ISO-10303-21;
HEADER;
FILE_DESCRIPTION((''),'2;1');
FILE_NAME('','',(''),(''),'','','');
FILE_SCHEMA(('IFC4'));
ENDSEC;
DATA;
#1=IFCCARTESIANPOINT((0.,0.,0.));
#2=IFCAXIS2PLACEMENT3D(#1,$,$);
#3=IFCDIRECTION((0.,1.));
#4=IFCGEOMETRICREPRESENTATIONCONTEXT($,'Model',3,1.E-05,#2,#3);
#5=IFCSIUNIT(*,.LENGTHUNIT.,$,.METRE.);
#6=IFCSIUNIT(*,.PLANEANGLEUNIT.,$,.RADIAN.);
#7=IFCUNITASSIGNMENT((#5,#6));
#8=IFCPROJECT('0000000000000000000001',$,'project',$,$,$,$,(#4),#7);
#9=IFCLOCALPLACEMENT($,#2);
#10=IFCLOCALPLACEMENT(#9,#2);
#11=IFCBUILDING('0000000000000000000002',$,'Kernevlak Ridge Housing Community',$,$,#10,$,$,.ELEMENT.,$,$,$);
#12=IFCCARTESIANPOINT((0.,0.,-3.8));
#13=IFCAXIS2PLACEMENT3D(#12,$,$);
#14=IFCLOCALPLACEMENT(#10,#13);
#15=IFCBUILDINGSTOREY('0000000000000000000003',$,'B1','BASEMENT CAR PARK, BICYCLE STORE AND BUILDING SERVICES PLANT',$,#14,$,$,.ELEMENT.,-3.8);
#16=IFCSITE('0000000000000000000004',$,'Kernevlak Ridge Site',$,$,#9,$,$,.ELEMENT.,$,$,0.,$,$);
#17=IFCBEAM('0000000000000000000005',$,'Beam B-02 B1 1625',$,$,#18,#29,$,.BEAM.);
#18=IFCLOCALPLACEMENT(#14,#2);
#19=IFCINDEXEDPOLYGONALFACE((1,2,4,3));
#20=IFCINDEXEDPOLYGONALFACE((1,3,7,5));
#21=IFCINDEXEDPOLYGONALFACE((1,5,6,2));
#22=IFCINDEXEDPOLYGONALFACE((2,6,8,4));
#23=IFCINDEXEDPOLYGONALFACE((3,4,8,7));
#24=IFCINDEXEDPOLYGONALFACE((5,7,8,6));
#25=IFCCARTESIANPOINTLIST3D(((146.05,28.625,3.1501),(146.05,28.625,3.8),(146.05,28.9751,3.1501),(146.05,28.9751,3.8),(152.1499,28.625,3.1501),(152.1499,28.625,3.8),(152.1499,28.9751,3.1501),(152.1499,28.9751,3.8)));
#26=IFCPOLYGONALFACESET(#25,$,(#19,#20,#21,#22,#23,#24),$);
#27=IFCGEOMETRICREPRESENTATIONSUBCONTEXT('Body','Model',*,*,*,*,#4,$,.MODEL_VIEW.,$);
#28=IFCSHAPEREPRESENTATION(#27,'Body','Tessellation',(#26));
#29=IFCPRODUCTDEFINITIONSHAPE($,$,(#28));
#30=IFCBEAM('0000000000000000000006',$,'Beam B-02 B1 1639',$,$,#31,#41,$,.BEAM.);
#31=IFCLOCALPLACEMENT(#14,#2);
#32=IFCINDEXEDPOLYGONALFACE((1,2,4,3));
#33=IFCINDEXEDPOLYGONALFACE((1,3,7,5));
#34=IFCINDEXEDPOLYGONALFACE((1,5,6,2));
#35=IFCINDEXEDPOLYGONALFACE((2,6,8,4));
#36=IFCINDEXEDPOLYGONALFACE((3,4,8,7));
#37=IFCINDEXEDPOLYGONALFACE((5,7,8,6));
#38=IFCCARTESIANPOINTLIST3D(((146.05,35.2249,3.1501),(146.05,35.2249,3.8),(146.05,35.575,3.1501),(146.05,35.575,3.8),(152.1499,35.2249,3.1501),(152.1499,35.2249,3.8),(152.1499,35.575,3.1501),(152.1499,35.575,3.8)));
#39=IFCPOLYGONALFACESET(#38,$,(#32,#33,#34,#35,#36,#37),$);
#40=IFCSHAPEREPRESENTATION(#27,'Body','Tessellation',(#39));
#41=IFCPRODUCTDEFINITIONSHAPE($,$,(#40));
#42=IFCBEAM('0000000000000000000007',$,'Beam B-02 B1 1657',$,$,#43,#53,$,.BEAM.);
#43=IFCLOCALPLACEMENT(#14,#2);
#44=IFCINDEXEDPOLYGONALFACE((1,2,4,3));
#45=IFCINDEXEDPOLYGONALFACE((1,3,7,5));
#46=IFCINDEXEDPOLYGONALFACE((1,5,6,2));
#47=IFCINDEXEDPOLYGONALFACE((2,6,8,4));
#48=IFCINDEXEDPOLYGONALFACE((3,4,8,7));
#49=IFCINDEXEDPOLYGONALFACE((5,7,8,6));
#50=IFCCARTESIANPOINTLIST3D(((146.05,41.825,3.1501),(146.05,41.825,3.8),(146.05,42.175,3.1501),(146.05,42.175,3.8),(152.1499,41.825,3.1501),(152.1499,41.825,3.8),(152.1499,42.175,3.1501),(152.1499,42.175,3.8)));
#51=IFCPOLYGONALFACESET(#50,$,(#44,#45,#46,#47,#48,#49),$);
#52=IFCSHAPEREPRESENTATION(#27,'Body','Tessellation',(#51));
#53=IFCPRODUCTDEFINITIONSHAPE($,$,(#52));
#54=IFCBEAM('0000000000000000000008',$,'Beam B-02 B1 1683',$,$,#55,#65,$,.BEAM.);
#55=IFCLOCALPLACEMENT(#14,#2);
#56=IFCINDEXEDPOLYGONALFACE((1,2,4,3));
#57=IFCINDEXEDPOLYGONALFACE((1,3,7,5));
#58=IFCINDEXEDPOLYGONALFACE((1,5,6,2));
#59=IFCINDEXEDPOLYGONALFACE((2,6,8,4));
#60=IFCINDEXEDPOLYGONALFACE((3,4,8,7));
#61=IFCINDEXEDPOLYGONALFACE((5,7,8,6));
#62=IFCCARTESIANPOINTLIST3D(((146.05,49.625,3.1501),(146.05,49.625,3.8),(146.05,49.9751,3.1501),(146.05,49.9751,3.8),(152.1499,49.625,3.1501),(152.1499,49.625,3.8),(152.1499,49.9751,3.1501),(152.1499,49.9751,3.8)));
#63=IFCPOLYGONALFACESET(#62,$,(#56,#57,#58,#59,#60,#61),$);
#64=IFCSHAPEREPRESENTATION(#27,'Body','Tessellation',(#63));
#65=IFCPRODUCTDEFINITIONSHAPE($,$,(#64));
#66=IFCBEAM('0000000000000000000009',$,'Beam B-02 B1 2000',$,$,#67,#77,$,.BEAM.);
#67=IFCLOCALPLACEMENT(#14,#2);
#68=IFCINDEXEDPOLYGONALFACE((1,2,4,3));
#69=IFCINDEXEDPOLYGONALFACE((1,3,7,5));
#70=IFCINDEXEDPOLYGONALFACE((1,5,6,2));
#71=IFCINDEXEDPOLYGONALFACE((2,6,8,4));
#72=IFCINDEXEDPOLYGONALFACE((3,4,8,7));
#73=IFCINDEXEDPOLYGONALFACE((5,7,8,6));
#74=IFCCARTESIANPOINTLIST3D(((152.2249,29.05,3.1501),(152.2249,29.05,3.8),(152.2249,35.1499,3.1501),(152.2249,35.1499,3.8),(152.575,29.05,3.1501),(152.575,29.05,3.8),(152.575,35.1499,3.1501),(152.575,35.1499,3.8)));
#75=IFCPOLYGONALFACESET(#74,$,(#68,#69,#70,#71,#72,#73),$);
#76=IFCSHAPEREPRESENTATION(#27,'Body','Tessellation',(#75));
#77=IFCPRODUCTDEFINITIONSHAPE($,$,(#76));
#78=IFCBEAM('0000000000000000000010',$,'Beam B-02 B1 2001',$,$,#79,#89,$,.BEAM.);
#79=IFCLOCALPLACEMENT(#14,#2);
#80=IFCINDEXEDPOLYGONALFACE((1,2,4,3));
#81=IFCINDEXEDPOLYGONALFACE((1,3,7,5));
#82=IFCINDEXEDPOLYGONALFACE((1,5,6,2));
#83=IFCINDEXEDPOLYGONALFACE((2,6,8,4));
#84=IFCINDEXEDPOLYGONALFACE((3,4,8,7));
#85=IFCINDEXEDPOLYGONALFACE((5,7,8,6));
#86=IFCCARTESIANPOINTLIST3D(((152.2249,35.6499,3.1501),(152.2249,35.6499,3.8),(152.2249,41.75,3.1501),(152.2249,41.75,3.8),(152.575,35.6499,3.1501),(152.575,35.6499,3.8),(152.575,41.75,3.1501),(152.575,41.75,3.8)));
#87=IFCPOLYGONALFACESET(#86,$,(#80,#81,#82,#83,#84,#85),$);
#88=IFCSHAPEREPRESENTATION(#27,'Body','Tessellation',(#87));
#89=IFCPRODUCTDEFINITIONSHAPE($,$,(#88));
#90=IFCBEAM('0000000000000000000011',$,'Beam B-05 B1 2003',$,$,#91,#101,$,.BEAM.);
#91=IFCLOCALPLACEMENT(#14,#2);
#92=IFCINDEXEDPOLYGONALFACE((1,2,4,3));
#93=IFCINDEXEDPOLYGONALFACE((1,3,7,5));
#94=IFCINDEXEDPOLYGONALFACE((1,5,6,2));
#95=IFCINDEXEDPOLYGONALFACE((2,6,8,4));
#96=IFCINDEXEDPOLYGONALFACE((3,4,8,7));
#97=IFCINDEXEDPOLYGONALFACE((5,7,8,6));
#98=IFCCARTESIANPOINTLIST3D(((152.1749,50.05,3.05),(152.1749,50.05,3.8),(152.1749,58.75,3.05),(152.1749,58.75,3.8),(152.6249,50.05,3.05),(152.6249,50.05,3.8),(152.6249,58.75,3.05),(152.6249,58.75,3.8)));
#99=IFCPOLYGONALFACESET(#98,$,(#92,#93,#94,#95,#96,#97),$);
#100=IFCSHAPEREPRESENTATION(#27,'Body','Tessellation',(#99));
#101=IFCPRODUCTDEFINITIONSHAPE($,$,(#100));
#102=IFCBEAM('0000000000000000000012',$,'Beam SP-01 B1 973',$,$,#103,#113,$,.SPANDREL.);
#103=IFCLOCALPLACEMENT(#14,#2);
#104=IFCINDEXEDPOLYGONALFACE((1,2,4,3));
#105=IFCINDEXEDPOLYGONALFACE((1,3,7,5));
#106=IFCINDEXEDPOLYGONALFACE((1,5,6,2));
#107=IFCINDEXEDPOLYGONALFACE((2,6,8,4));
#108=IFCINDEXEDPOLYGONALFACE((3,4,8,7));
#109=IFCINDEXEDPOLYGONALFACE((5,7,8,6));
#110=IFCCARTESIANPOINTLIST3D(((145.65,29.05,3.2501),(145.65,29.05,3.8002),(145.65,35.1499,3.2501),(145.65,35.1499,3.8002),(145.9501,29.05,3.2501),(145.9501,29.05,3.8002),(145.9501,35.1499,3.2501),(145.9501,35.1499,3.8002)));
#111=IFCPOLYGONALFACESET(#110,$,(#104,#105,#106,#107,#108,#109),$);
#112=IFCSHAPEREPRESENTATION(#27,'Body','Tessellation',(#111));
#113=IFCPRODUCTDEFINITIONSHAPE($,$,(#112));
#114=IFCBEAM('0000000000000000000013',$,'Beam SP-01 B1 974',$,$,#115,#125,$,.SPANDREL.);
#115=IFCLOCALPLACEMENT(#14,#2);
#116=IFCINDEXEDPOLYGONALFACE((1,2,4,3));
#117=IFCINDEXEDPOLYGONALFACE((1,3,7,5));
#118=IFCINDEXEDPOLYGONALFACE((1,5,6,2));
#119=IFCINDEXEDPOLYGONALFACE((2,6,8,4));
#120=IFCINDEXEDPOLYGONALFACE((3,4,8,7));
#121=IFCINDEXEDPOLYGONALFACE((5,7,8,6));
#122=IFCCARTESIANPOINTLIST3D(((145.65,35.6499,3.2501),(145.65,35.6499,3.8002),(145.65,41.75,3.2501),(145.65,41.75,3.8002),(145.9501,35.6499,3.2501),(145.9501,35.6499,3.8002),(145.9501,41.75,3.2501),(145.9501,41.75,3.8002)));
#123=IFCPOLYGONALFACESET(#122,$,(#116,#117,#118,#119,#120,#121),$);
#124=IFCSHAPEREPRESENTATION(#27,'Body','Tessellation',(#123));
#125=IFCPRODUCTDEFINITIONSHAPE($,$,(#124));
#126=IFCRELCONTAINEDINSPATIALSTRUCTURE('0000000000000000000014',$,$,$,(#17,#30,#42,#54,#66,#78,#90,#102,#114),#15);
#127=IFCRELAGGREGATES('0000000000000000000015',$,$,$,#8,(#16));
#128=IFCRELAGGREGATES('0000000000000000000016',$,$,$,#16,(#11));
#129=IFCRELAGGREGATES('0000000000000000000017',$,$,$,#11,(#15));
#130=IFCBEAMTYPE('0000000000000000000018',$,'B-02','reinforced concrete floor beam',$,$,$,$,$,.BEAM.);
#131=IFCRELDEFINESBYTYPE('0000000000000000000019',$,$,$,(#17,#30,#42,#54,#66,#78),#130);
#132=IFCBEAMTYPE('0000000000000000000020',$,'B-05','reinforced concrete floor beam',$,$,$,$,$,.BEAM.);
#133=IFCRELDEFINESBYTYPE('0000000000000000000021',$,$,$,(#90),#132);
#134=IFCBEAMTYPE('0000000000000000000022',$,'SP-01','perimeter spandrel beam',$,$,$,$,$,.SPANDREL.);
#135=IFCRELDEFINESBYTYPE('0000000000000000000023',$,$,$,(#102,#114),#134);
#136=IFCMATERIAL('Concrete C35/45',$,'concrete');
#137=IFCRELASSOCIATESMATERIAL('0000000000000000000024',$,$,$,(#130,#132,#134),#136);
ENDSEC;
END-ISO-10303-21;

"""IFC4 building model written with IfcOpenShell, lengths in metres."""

from ifc_helpers import new_model, si_unit, direction, frame, origin, origin_2d, place, context, subcontext, project, spatial, rectangle, extrude, material, material_profile, profile_set, type_object, element, save


model = new_model("IFC4")

# Units and contexts
model_context = context("Model", 3, precision=1e-05, world=origin(), true_north=direction((0.0, 1.0)))
body_context = subcontext(model_context, "Body", "Model", "MODEL_VIEW")
ifc_project = project(units=[si_unit("LENGTHUNIT", "METRE"), si_unit("PLANEANGLEUNIT", "RADIAN")], contexts=[model_context])

# Site, building, storey
site_placement = place(None, origin())
site = spatial("IfcSite", under=ifc_project, at=site_placement, Name="Kernevlak Ridge Site", CompositionType="ELEMENT", RefElevation=0.0)
building_placement = place(site_placement, origin())
building = spatial("IfcBuilding", under=site, at=building_placement, Name="Kernevlak Ridge Housing Community", CompositionType="ELEMENT")
storey_placement = place(building_placement, frame((0.0, 0.0, -3.8)))
storey = spatial("IfcBuildingStorey", under=building, at=storey_placement, Name="B1", Description="BASEMENT CAR PARK, BICYCLE STORE AND BUILDING SERVICES PLANT", CompositionType="ELEMENT", Elevation=-3.8)

# Shared definitions
ifc_material_1 = material(Name="Concrete C35/45", Category="concrete")

# Beams
ifc_material_profile_1 = material_profile(ifc_material_1, rectangle(XDim=0.3501, YDim=0.6499, at=origin_2d()), Name="RC 350x650")
ifc_profile_set_1 = profile_set([ifc_material_profile_1], Name="Concrete C35/45")
beam_type_1 = type_object("IfcBeamType", Name="B-02", Description="reinforced concrete floor beam", PredefinedType="BEAM", material=ifc_profile_set_1)
for number, where, z_axis, x_axis, name in (
    (1, (146.05, 28.8, 3.4751), (1.0, 0.0, 0.0), (0.0, 1.0, 0.0), "Beam B-02 B1 1625"),
    (2, (146.05, 35.3999, 3.4751), (1.0, 0.0, 0.0), (0.0, 1.0, 0.0), "Beam B-02 B1 1639"),
    (3, (146.05, 42.0, 3.4751), (1.0, 0.0, 0.0), (0.0, 1.0, 0.0), "Beam B-02 B1 1657"),
    (4, (146.05, 49.8, 3.4751), (1.0, 0.0, 0.0), (0.0, 1.0, 0.0), "Beam B-02 B1 1683"),
    (5, (152.3999, 29.05, 3.4751), (0.0, 1.0, 0.0), (-1.0, 0.0, 0.0), "Beam B-02 B1 2000"),
):
    element("IfcBeam", number, at=place(storey_placement, frame(where, z_axis=z_axis, x_axis=x_axis)), inside=storey, type_object=beam_type_1, Name=name, PredefinedType="BEAM", context=body_context, shape_type="SweptSolid", body=[
        extrude(rectangle(XDim=0.3501, YDim=0.6499, at=origin_2d()), origin(), (0.0, 0.0, 1.0), 6.0999),
    ])
beam_1_placement = place(storey_placement, frame((152.3999, 35.6499, 3.4751), z_axis=(0.0, 1.0, 0.0), x_axis=(-1.0, 0.0, 0.0)))
element("IfcBeam", 6, at=beam_1_placement, inside=storey, type_object=beam_type_1, Name="Beam B-02 B1 2001", PredefinedType="BEAM", context=body_context, shape_type="SweptSolid", body=[
    extrude(rectangle(XDim=0.3501, YDim=0.6499, at=origin_2d()), origin(), (0.0, 0.0, 1.0), 6.1001),
])
ifc_material_profile_2 = material_profile(ifc_material_1, rectangle(XDim=0.45, YDim=0.75, at=origin_2d()), Name="RC 450x750")
ifc_profile_set_2 = profile_set([ifc_material_profile_2], Name="Concrete C35/45")
beam_type_2 = type_object("IfcBeamType", Name="B-05", Description="reinforced concrete floor beam", PredefinedType="BEAM", material=ifc_profile_set_2)
beam_2_placement = place(storey_placement, frame((152.3999, 50.05, 3.425), z_axis=(0.0, 1.0, 0.0), x_axis=(-1.0, 0.0, 0.0)))
element("IfcBeam", 7, at=beam_2_placement, inside=storey, type_object=beam_type_2, Name="Beam B-05 B1 2003", PredefinedType="BEAM", context=body_context, shape_type="SweptSolid", body=[
    extrude(rectangle(XDim=0.45, YDim=0.75, at=origin_2d()), origin(), (0.0, 0.0, 1.0), 8.7),
])
ifc_material_profile_3 = material_profile(ifc_material_1, rectangle(XDim=0.3, YDim=0.55, at=origin_2d()), Name="RC 300x550")
ifc_profile_set_3 = profile_set([ifc_material_profile_3], Name="Concrete C35/45")
beam_type_3 = type_object("IfcBeamType", Name="SP-01", Description="perimeter spandrel beam", PredefinedType="SPANDREL", material=ifc_profile_set_3)
beam_3_placement = place(storey_placement, frame((145.8, 29.05, 3.5251), z_axis=(0.0, 1.0, 0.0), x_axis=(-1.0, 0.0, 0.0)))
element("IfcBeam", 8, at=beam_3_placement, inside=storey, type_object=beam_type_3, Name="Beam SP-01 B1 973", PredefinedType="SPANDREL", context=body_context, shape_type="SweptSolid", body=[
    extrude(rectangle(XDim=0.3, YDim=0.55, at=origin_2d()), origin(), (0.0, 0.0, 1.0), 6.0999),
])
beam_4_placement = place(storey_placement, frame((145.8, 35.6499, 3.5251), z_axis=(0.0, 1.0, 0.0), x_axis=(-1.0, 0.0, 0.0)))
element("IfcBeam", 9, at=beam_4_placement, inside=storey, type_object=beam_type_3, Name="Beam SP-01 B1 974", PredefinedType="SPANDREL", context=body_context, shape_type="SweptSolid", body=[
    extrude(rectangle(XDim=0.3, YDim=0.55, at=origin_2d()), origin(), (0.0, 0.0, 1.0), 6.1001),
])

save(model, "model.ifc")
